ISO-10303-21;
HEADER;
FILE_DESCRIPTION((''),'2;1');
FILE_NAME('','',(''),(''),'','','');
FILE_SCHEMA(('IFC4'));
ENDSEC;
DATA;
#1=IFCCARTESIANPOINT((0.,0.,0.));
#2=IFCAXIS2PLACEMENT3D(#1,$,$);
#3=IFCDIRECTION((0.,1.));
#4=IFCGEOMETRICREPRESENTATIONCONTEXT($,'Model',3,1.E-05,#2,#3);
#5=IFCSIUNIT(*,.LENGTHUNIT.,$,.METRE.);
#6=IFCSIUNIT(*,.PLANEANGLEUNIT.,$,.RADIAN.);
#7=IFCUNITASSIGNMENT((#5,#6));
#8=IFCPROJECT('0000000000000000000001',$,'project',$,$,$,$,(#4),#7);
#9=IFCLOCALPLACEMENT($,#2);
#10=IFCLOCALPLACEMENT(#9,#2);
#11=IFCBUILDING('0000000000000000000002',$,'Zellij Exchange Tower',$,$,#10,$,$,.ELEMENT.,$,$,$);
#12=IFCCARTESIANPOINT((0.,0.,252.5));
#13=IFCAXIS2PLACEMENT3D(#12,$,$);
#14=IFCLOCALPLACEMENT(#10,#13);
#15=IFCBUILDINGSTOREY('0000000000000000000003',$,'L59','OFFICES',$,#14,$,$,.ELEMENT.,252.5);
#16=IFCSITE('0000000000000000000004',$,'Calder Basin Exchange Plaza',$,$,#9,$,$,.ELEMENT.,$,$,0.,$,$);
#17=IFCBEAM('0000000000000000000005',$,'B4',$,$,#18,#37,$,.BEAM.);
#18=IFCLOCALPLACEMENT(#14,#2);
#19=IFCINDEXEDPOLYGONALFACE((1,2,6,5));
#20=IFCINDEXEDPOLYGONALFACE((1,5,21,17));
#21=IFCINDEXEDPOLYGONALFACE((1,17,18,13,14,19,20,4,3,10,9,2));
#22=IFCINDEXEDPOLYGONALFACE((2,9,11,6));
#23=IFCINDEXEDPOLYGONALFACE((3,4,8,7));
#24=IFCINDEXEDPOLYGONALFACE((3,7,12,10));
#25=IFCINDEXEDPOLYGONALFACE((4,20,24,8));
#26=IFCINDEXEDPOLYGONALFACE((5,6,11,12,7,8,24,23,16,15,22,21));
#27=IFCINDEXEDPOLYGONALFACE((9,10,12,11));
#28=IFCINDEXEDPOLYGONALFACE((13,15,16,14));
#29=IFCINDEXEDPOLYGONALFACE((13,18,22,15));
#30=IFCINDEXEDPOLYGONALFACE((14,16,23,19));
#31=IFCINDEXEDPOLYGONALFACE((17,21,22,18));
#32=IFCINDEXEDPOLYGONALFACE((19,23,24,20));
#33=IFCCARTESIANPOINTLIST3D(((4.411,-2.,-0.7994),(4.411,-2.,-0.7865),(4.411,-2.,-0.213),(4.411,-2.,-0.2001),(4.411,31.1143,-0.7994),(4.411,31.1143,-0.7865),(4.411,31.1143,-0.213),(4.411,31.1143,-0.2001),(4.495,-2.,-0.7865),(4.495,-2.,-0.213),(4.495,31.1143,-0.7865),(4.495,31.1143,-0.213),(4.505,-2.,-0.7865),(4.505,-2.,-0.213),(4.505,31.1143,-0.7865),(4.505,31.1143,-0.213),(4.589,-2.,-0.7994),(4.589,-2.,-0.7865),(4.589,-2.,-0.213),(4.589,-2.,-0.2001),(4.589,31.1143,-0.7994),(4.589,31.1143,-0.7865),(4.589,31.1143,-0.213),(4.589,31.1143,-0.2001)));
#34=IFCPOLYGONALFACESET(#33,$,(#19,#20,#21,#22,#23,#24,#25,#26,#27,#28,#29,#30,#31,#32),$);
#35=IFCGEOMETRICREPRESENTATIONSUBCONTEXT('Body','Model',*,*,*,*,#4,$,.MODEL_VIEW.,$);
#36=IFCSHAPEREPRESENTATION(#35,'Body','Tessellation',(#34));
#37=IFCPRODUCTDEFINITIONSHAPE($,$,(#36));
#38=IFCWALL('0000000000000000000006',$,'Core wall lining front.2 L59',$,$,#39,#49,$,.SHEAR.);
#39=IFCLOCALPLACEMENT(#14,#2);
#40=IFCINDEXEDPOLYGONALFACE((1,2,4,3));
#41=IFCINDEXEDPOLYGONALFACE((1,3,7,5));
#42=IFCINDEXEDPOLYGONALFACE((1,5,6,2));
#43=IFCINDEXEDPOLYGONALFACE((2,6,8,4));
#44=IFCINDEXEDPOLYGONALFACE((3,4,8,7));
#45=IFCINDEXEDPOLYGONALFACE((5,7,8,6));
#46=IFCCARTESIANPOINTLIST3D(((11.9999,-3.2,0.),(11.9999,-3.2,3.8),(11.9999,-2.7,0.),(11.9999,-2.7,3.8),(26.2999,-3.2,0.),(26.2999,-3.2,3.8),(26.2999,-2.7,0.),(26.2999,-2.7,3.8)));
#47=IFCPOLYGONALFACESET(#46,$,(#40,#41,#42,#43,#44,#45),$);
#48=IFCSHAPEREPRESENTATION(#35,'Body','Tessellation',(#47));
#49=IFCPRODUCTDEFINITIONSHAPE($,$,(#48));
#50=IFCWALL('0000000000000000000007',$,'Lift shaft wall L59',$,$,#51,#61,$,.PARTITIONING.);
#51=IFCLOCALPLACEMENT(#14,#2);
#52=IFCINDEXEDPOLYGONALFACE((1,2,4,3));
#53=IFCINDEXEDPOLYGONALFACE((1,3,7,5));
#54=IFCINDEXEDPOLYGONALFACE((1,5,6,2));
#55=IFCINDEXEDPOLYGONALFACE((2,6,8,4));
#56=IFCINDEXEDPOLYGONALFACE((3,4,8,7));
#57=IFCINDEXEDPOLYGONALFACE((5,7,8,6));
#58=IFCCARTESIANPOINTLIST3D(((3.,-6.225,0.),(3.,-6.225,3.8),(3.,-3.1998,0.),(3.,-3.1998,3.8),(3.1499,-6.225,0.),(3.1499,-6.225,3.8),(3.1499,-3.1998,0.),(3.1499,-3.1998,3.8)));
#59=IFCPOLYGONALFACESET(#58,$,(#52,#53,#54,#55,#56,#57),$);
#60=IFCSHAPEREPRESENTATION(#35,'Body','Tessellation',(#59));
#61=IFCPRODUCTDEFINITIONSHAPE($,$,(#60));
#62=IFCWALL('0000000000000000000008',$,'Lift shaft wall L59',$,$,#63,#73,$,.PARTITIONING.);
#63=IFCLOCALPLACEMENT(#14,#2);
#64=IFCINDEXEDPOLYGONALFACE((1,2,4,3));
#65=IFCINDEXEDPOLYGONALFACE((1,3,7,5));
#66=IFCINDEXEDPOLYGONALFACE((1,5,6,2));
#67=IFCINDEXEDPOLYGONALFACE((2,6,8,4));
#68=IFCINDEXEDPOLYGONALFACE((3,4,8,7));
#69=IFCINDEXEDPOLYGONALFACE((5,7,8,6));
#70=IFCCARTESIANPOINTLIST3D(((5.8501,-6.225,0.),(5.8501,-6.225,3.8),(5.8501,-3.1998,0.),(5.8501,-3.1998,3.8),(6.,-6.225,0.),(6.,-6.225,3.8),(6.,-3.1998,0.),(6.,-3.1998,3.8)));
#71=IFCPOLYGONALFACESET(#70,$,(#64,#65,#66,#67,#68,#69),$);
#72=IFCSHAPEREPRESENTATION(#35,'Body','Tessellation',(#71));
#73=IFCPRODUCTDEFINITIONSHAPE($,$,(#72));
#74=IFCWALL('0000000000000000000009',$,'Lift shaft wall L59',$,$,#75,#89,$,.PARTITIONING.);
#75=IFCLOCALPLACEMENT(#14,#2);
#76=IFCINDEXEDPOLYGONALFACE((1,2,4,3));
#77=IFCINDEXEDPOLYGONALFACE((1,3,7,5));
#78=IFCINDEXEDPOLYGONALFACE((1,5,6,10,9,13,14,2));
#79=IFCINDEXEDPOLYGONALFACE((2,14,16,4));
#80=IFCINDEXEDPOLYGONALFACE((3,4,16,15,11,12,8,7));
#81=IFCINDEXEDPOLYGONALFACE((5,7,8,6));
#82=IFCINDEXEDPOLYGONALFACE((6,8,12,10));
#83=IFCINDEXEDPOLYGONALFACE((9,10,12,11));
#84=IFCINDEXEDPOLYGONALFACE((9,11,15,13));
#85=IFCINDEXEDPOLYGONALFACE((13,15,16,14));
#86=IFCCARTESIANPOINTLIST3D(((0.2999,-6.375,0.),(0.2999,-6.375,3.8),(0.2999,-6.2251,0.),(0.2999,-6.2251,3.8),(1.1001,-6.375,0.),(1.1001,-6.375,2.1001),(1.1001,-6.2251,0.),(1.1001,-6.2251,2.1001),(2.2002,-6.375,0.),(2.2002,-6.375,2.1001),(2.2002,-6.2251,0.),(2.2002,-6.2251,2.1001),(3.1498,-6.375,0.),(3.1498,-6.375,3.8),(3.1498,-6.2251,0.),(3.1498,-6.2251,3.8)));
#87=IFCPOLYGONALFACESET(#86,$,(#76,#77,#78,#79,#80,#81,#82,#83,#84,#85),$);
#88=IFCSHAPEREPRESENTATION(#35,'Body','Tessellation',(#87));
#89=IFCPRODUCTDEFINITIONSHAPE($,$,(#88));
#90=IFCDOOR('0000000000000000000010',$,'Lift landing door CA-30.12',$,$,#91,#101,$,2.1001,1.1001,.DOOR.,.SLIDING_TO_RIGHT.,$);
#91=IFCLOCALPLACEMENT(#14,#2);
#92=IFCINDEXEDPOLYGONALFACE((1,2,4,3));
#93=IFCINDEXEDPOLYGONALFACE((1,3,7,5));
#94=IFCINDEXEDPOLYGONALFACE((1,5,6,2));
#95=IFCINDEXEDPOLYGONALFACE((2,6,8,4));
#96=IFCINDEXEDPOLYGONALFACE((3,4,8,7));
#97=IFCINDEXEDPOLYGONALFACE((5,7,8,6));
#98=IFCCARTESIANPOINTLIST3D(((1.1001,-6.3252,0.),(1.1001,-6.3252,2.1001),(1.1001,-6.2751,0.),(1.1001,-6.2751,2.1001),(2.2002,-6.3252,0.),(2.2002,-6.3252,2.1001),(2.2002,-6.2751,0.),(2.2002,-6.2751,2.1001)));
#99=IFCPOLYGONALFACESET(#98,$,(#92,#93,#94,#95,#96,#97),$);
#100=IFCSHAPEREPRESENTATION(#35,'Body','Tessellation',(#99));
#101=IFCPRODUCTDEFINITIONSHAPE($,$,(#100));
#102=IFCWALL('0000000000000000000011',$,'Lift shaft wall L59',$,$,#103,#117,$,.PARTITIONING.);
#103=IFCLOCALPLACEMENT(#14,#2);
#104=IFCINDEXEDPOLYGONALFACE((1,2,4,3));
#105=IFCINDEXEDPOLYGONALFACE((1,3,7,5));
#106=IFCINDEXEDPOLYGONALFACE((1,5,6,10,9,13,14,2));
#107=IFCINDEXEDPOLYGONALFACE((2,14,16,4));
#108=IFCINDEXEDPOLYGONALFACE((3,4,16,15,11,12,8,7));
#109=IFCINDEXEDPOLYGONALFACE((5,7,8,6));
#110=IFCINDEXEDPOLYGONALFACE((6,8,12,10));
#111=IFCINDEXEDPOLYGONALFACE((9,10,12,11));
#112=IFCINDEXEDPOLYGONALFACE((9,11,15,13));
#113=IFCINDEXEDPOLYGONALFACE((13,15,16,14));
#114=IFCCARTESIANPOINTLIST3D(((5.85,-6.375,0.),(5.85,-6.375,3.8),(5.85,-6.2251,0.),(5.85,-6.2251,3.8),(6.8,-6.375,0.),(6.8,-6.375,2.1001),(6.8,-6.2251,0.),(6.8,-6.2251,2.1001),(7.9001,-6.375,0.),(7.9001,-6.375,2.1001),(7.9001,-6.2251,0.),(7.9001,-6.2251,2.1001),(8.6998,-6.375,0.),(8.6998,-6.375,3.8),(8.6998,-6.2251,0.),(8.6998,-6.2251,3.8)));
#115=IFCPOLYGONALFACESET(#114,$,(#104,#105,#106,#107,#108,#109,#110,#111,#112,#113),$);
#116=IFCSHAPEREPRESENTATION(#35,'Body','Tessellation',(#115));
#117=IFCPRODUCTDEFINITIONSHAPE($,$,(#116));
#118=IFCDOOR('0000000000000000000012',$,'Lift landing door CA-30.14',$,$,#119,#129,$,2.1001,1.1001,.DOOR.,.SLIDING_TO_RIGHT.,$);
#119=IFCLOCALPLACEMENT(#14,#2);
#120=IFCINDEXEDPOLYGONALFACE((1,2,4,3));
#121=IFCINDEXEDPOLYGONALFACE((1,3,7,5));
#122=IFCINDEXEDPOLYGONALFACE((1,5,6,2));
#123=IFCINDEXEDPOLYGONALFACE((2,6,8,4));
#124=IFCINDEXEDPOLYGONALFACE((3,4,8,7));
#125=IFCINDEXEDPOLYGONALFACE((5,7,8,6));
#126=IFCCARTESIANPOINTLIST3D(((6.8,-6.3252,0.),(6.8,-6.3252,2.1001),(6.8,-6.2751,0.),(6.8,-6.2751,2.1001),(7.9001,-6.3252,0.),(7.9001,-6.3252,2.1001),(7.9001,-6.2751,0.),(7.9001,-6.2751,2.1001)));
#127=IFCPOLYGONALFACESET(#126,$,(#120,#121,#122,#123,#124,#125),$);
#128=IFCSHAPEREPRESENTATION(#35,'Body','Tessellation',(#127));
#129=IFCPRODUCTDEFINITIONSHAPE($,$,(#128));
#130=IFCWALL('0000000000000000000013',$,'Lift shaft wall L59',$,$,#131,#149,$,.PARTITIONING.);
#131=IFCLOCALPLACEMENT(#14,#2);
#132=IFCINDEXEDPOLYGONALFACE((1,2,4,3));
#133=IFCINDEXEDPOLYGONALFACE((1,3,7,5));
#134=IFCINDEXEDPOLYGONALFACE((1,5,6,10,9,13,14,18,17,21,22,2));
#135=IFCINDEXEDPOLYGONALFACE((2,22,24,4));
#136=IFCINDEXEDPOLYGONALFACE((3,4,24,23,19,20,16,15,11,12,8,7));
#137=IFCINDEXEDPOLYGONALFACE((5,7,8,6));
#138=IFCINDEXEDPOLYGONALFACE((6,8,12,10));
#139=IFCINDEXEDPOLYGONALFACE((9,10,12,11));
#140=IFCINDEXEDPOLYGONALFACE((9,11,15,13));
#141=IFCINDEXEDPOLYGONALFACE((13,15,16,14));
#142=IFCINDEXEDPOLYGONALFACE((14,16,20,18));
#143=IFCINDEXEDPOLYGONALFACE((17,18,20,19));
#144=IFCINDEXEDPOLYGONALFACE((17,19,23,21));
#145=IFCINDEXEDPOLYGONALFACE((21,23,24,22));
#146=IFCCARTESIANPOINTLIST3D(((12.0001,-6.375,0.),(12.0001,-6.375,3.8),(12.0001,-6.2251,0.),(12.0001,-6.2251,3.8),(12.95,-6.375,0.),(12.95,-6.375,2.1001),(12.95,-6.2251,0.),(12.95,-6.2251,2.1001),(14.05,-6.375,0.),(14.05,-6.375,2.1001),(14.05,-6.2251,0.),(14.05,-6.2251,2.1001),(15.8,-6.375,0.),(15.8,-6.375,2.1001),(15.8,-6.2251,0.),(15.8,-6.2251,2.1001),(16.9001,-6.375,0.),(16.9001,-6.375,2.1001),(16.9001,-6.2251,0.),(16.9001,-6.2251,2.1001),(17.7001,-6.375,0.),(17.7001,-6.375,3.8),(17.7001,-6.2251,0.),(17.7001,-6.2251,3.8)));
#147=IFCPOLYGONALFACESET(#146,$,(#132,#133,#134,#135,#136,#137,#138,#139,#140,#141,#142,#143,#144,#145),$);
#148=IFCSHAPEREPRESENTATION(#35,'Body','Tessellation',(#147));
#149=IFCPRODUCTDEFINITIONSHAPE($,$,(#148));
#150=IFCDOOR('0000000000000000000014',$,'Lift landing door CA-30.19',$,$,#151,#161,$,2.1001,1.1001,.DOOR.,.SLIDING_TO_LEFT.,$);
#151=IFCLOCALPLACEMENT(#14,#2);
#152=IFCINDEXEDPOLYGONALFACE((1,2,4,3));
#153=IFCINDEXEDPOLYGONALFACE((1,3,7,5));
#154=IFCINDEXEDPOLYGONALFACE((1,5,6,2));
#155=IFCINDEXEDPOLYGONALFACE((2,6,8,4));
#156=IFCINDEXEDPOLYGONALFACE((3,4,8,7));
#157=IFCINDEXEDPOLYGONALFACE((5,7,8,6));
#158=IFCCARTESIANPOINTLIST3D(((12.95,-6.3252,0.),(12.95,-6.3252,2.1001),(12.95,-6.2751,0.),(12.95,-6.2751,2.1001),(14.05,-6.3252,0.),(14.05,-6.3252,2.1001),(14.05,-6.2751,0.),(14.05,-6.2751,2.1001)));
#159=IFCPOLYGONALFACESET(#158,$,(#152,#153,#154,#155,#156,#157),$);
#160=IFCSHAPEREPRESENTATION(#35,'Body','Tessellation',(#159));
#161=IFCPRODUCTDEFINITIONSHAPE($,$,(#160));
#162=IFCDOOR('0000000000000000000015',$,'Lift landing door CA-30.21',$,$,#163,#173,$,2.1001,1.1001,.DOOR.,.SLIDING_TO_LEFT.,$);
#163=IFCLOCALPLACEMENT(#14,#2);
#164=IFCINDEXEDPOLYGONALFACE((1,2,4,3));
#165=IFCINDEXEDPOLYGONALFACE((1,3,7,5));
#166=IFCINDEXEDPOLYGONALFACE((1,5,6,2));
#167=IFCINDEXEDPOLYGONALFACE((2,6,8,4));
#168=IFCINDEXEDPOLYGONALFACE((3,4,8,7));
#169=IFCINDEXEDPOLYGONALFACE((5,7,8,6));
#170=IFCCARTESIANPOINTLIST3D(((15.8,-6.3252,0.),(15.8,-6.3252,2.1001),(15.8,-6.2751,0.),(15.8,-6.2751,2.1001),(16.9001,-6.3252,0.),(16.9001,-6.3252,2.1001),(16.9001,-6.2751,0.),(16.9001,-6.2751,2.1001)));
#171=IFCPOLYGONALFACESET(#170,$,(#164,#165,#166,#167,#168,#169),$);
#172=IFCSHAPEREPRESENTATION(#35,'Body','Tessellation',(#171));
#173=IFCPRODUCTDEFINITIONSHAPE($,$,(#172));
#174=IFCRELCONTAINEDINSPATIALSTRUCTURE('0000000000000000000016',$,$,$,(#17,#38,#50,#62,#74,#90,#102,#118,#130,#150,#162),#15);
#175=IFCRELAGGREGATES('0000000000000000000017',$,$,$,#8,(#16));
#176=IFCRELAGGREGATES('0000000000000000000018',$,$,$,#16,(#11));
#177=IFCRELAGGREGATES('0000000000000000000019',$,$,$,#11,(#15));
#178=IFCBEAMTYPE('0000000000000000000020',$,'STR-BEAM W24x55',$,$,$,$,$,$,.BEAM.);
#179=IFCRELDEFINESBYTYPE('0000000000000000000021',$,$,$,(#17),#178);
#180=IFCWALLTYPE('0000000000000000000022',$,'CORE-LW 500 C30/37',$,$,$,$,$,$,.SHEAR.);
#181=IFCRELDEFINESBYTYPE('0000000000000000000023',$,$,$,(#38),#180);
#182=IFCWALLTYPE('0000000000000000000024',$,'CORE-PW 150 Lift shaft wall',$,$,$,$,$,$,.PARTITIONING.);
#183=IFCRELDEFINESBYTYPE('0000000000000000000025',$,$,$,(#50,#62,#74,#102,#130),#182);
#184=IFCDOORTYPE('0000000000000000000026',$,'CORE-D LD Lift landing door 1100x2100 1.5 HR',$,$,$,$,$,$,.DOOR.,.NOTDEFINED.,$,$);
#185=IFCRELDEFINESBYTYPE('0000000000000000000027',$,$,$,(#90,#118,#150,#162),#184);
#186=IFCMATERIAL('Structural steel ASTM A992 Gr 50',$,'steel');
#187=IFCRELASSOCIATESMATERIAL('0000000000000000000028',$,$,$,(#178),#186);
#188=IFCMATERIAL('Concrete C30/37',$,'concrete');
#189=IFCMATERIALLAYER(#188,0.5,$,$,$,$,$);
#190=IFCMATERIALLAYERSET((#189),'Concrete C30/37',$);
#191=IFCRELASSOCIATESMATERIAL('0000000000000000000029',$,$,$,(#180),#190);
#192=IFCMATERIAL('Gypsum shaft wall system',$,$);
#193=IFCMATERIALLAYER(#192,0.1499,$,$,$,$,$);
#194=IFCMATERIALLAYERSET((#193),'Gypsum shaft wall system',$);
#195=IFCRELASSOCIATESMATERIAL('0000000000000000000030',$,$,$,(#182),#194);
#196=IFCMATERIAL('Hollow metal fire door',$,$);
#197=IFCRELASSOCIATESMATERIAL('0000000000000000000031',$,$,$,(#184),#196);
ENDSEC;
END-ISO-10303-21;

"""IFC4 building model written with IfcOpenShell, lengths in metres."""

from ifc_helpers import new_model, si_unit, direction, frame, frame_2d, origin, origin_2d, place, context, subcontext, project, spatial, rectangle, i_section, extrude, material, layer, layer_set, material_profile, profile_set, type_object, element, fill, save


model = new_model("IFC4")

# Units and contexts
model_context = context("Model", 3, precision=1e-05, world=origin(), true_north=direction((0.0, 1.0)))
body_context = subcontext(model_context, "Body", "Model", "MODEL_VIEW")
ifc_project = project(units=[si_unit("LENGTHUNIT", "METRE"), si_unit("PLANEANGLEUNIT", "RADIAN")], contexts=[model_context])

# Site, building, storey
site_placement = place(None, origin())
site = spatial("IfcSite", under=ifc_project, at=site_placement, Name="Calder Basin Exchange Plaza", CompositionType="ELEMENT", RefElevation=0.0)
building_placement = place(site_placement, origin())
building = spatial("IfcBuilding", under=site, at=building_placement, Name="Zellij Exchange Tower", CompositionType="ELEMENT")
storey_placement = place(building_placement, frame((0.0, 0.0, 252.5)))
storey = spatial("IfcBuildingStorey", under=building, at=storey_placement, Name="L59", Description="OFFICES", CompositionType="ELEMENT", Elevation=252.5)

# Beam
ifc_material_1 = material(Name="Structural steel ASTM A992 Gr 50", Category="steel")
ifc_material_profile = material_profile(ifc_material_1, i_section(OverallWidth=0.178, OverallDepth=0.5994, WebThickness=0.01, FlangeThickness=0.0129, at=origin_2d()), Name="W24x55")
ifc_profile_set = profile_set([ifc_material_profile], Name="Structural steel ASTM A992 Gr 50")
beam_type = type_object("IfcBeamType", Name="STR-BEAM W24x55", PredefinedType="BEAM", material=ifc_profile_set)
beam_placement = place(storey_placement, frame((4.5, -2.0, -0.4998), z_axis=(0.0, 1.0, 0.0), x_axis=(-1.0, 0.0, 0.0)))
element("IfcBeam", 1, at=beam_placement, inside=storey, type_object=beam_type, Name="B4", PredefinedType="BEAM", context=body_context, shape_type="SweptSolid", body=[
    extrude(i_section(OverallWidth=0.178, OverallDepth=0.5994, WebThickness=0.01, FlangeThickness=0.0129, at=origin_2d()), origin(), (0.0, 0.0, 1.0), 33.1143),
])

# Walls
ifc_material_2 = material(Name="Concrete C30/37", Category="concrete")
ifc_layer_1 = layer(ifc_material_2, 0.5)
ifc_layer_set_1 = layer_set([ifc_layer_1], Name="Concrete C30/37")
wall_type_1 = type_object("IfcWallType", Name="CORE-LW 500 C30/37", PredefinedType="SHEAR", material=ifc_layer_set_1)
wall_1_placement = place(storey_placement, frame((12.0, -2.95, 0.0), z_axis=(0.0, 0.0, 1.0), x_axis=(1.0, 0.0, 0.0)))
element("IfcWall", 2, at=wall_1_placement, inside=storey, type_object=wall_type_1, Name="Core wall lining front.2 L59", PredefinedType="SHEAR", context=body_context, shape_type="SweptSolid", body=[
    extrude(rectangle(XDim=14.3, YDim=0.5, at=frame_2d((7.1499, 0.0))), origin(), (0.0, 0.0, 1.0), 3.8),
])
ifc_material_3 = material(Name="Gypsum shaft wall system")
ifc_layer_2 = layer(ifc_material_3, 0.1499)
ifc_layer_set_2 = layer_set([ifc_layer_2], Name="Gypsum shaft wall system")
wall_type_2 = type_object("IfcWallType", Name="CORE-PW 150 Lift shaft wall", PredefinedType="PARTITIONING", material=ifc_layer_set_2)
for number, where, z_axis, x_axis, name in (
    (3, (3.075, -6.2251, 0.0), (0.0, 0.0, 1.0), (0.0, 1.0, 0.0), "Lift shaft wall L59"),
    (4, (5.925, -6.2251, 0.0), (0.0, 0.0, 1.0), (0.0, 1.0, 0.0), "Lift shaft wall L59"),
):
    element("IfcWall", number, at=place(storey_placement, frame(where, z_axis=z_axis, x_axis=x_axis)), inside=storey, type_object=wall_type_2, Name=name, PredefinedType="PARTITIONING", context=body_context, shape_type="SweptSolid", body=[
        extrude(rectangle(XDim=3.0251, YDim=0.1499, at=frame_2d((1.5127, 0.0))), origin(), (0.0, 0.0, 1.0), 3.8),
    ])

# Walls, openings, doors
wall_2_placement = place(storey_placement, frame((0.3, -6.3, 0.0), z_axis=(0.0, 0.0, 1.0), x_axis=(1.0, 0.0, 0.0)))
wall_2 = element("IfcWall", 5, at=wall_2_placement, inside=storey, type_object=wall_type_2, Name="Lift shaft wall L59", PredefinedType="PARTITIONING", context=body_context, shape_type="SweptSolid", body=[
    extrude(rectangle(XDim=2.8499, YDim=0.1499, at=frame_2d((1.4248, 0.0))), origin(), (0.0, 0.0, 1.0), 3.8),
])
opening_1_placement = place(wall_2_placement, frame((0.8, 0.0, 0.0)))
opening_1 = element("IfcOpeningElement", 6, at=opening_1_placement, cuts=wall_2, PredefinedType="OPENING", context=body_context, shape_type="SweptSolid", body=[
    extrude(rectangle(XDim=1.1001, YDim=2.1001, at=frame_2d((0.55, 1.05))), frame((0.0, 0.0869, 0.0), z_axis=(0.0, -1.0, 0.0), x_axis=(1.0, 0.0, 0.0)), (0.0, 0.0, 1.0), 0.1738),
])
ifc_material_4 = material(Name="Hollow metal fire door")
door_type = type_object("IfcDoorType", Name="CORE-D LD Lift landing door 1100x2100 1.5 HR", OperationType="NOTDEFINED", PredefinedType="DOOR", material=ifc_material_4)
door_1_placement = place(opening_1_placement, origin())
door_1 = element("IfcDoor", 7, at=door_1_placement, inside=storey, type_object=door_type, Name="Lift landing door CA-30.12", OperationType="SLIDING_TO_RIGHT", OverallHeight=2.1001, OverallWidth=1.1001, PredefinedType="DOOR", context=body_context, shape_type="SweptSolid", body=[
    extrude(rectangle(XDim=1.1001, YDim=2.1001, at=frame_2d((0.55, 1.05))), frame((0.0, 0.0249, 0.0), z_axis=(0.0, -1.0, 0.0), x_axis=(1.0, 0.0, 0.0)), (0.0, 0.0, 1.0), 0.05),
])
fill(opening_1, door_1)
wall_3_placement = place(storey_placement, frame((5.8501, -6.3, 0.0), z_axis=(0.0, 0.0, 1.0), x_axis=(1.0, 0.0, 0.0)))
wall_3 = element("IfcWall", 8, at=wall_3_placement, inside=storey, type_object=wall_type_2, Name="Lift shaft wall L59", PredefinedType="PARTITIONING", context=body_context, shape_type="SweptSolid", body=[
    extrude(rectangle(XDim=2.8499, YDim=0.1499, at=frame_2d((1.4248, 0.0))), origin(), (0.0, 0.0, 1.0), 3.8),
])
opening_2_placement = place(wall_3_placement, frame((0.95, 0.0, 0.0)))
opening_2 = element("IfcOpeningElement", 9, at=opening_2_placement, cuts=wall_3, PredefinedType="OPENING", context=body_context, shape_type="SweptSolid", body=[
    extrude(rectangle(XDim=1.1001, YDim=2.1001, at=frame_2d((0.55, 1.05))), frame((0.0, 0.0869, 0.0), z_axis=(0.0, -1.0, 0.0), x_axis=(1.0, 0.0, 0.0)), (0.0, 0.0, 1.0), 0.1738),
])
door_2_placement = place(opening_2_placement, origin())
door_2 = element("IfcDoor", 10, at=door_2_placement, inside=storey, type_object=door_type, Name="Lift landing door CA-30.14", OperationType="SLIDING_TO_RIGHT", OverallHeight=2.1001, OverallWidth=1.1001, PredefinedType="DOOR", context=body_context, shape_type="SweptSolid", body=[
    extrude(rectangle(XDim=1.1001, YDim=2.1001, at=frame_2d((0.55, 1.05))), frame((0.0, 0.0249, 0.0), z_axis=(0.0, -1.0, 0.0), x_axis=(1.0, 0.0, 0.0)), (0.0, 0.0, 1.0), 0.05),
])
fill(opening_2, door_2)

# Wall, openings, doors
wall_4_placement = place(storey_placement, frame((12.0, -6.3, 0.0), z_axis=(0.0, 0.0, 1.0), x_axis=(1.0, 0.0, 0.0)))
wall_4 = element("IfcWall", 11, at=wall_4_placement, inside=storey, type_object=wall_type_2, Name="Lift shaft wall L59", PredefinedType="PARTITIONING", context=body_context, shape_type="SweptSolid", body=[
    extrude(rectangle(XDim=5.7, YDim=0.1499, at=frame_2d((2.8501, 0.0))), origin(), (0.0, 0.0, 1.0), 3.8),
])
opening_3_placement = place(wall_4_placement, frame((0.95, 0.0, 0.0)))
opening_3 = element("IfcOpeningElement", 12, at=opening_3_placement, cuts=wall_4, PredefinedType="OPENING", context=body_context, shape_type="SweptSolid", body=[
    extrude(rectangle(XDim=1.1001, YDim=2.1001, at=frame_2d((0.55, 1.05))), frame((0.0, 0.0869, 0.0), z_axis=(0.0, -1.0, 0.0), x_axis=(1.0, 0.0, 0.0)), (0.0, 0.0, 1.0), 0.1738),
])
opening_4_placement = place(wall_4_placement, frame((3.8, 0.0, 0.0)))
opening_4 = element("IfcOpeningElement", 13, at=opening_4_placement, cuts=wall_4, PredefinedType="OPENING", context=body_context, shape_type="SweptSolid", body=[
    extrude(rectangle(XDim=1.1001, YDim=2.1001, at=frame_2d((0.55, 1.05))), frame((0.0, 0.0869, 0.0), z_axis=(0.0, -1.0, 0.0), x_axis=(1.0, 0.0, 0.0)), (0.0, 0.0, 1.0), 0.1738),
])
door_3_placement = place(opening_3_placement, origin())
door_3 = element("IfcDoor", 14, at=door_3_placement, inside=storey, type_object=door_type, Name="Lift landing door CA-30.19", OperationType="SLIDING_TO_LEFT", OverallHeight=2.1001, OverallWidth=1.1001, PredefinedType="DOOR", context=body_context, shape_type="SweptSolid", body=[
    extrude(rectangle(XDim=1.1001, YDim=2.1001, at=frame_2d((0.55, 1.05))), frame((0.0, 0.0249, 0.0), z_axis=(0.0, -1.0, 0.0), x_axis=(1.0, 0.0, 0.0)), (0.0, 0.0, 1.0), 0.05),
])
fill(opening_3, door_3)
door_4_placement = place(opening_4_placement, origin())
door_4 = element("IfcDoor", 15, at=door_4_placement, inside=storey, type_object=door_type, Name="Lift landing door CA-30.21", OperationType="SLIDING_TO_LEFT", OverallHeight=2.1001, OverallWidth=1.1001, PredefinedType="DOOR", context=body_context, shape_type="SweptSolid", body=[
    extrude(rectangle(XDim=1.1001, YDim=2.1001, at=frame_2d((0.55, 1.05))), frame((0.0, 0.0249, 0.0), z_axis=(0.0, -1.0, 0.0), x_axis=(1.0, 0.0, 0.0)), (0.0, 0.0, 1.0), 0.05),
])
fill(opening_4, door_4)

save(model, "model.ifc")
